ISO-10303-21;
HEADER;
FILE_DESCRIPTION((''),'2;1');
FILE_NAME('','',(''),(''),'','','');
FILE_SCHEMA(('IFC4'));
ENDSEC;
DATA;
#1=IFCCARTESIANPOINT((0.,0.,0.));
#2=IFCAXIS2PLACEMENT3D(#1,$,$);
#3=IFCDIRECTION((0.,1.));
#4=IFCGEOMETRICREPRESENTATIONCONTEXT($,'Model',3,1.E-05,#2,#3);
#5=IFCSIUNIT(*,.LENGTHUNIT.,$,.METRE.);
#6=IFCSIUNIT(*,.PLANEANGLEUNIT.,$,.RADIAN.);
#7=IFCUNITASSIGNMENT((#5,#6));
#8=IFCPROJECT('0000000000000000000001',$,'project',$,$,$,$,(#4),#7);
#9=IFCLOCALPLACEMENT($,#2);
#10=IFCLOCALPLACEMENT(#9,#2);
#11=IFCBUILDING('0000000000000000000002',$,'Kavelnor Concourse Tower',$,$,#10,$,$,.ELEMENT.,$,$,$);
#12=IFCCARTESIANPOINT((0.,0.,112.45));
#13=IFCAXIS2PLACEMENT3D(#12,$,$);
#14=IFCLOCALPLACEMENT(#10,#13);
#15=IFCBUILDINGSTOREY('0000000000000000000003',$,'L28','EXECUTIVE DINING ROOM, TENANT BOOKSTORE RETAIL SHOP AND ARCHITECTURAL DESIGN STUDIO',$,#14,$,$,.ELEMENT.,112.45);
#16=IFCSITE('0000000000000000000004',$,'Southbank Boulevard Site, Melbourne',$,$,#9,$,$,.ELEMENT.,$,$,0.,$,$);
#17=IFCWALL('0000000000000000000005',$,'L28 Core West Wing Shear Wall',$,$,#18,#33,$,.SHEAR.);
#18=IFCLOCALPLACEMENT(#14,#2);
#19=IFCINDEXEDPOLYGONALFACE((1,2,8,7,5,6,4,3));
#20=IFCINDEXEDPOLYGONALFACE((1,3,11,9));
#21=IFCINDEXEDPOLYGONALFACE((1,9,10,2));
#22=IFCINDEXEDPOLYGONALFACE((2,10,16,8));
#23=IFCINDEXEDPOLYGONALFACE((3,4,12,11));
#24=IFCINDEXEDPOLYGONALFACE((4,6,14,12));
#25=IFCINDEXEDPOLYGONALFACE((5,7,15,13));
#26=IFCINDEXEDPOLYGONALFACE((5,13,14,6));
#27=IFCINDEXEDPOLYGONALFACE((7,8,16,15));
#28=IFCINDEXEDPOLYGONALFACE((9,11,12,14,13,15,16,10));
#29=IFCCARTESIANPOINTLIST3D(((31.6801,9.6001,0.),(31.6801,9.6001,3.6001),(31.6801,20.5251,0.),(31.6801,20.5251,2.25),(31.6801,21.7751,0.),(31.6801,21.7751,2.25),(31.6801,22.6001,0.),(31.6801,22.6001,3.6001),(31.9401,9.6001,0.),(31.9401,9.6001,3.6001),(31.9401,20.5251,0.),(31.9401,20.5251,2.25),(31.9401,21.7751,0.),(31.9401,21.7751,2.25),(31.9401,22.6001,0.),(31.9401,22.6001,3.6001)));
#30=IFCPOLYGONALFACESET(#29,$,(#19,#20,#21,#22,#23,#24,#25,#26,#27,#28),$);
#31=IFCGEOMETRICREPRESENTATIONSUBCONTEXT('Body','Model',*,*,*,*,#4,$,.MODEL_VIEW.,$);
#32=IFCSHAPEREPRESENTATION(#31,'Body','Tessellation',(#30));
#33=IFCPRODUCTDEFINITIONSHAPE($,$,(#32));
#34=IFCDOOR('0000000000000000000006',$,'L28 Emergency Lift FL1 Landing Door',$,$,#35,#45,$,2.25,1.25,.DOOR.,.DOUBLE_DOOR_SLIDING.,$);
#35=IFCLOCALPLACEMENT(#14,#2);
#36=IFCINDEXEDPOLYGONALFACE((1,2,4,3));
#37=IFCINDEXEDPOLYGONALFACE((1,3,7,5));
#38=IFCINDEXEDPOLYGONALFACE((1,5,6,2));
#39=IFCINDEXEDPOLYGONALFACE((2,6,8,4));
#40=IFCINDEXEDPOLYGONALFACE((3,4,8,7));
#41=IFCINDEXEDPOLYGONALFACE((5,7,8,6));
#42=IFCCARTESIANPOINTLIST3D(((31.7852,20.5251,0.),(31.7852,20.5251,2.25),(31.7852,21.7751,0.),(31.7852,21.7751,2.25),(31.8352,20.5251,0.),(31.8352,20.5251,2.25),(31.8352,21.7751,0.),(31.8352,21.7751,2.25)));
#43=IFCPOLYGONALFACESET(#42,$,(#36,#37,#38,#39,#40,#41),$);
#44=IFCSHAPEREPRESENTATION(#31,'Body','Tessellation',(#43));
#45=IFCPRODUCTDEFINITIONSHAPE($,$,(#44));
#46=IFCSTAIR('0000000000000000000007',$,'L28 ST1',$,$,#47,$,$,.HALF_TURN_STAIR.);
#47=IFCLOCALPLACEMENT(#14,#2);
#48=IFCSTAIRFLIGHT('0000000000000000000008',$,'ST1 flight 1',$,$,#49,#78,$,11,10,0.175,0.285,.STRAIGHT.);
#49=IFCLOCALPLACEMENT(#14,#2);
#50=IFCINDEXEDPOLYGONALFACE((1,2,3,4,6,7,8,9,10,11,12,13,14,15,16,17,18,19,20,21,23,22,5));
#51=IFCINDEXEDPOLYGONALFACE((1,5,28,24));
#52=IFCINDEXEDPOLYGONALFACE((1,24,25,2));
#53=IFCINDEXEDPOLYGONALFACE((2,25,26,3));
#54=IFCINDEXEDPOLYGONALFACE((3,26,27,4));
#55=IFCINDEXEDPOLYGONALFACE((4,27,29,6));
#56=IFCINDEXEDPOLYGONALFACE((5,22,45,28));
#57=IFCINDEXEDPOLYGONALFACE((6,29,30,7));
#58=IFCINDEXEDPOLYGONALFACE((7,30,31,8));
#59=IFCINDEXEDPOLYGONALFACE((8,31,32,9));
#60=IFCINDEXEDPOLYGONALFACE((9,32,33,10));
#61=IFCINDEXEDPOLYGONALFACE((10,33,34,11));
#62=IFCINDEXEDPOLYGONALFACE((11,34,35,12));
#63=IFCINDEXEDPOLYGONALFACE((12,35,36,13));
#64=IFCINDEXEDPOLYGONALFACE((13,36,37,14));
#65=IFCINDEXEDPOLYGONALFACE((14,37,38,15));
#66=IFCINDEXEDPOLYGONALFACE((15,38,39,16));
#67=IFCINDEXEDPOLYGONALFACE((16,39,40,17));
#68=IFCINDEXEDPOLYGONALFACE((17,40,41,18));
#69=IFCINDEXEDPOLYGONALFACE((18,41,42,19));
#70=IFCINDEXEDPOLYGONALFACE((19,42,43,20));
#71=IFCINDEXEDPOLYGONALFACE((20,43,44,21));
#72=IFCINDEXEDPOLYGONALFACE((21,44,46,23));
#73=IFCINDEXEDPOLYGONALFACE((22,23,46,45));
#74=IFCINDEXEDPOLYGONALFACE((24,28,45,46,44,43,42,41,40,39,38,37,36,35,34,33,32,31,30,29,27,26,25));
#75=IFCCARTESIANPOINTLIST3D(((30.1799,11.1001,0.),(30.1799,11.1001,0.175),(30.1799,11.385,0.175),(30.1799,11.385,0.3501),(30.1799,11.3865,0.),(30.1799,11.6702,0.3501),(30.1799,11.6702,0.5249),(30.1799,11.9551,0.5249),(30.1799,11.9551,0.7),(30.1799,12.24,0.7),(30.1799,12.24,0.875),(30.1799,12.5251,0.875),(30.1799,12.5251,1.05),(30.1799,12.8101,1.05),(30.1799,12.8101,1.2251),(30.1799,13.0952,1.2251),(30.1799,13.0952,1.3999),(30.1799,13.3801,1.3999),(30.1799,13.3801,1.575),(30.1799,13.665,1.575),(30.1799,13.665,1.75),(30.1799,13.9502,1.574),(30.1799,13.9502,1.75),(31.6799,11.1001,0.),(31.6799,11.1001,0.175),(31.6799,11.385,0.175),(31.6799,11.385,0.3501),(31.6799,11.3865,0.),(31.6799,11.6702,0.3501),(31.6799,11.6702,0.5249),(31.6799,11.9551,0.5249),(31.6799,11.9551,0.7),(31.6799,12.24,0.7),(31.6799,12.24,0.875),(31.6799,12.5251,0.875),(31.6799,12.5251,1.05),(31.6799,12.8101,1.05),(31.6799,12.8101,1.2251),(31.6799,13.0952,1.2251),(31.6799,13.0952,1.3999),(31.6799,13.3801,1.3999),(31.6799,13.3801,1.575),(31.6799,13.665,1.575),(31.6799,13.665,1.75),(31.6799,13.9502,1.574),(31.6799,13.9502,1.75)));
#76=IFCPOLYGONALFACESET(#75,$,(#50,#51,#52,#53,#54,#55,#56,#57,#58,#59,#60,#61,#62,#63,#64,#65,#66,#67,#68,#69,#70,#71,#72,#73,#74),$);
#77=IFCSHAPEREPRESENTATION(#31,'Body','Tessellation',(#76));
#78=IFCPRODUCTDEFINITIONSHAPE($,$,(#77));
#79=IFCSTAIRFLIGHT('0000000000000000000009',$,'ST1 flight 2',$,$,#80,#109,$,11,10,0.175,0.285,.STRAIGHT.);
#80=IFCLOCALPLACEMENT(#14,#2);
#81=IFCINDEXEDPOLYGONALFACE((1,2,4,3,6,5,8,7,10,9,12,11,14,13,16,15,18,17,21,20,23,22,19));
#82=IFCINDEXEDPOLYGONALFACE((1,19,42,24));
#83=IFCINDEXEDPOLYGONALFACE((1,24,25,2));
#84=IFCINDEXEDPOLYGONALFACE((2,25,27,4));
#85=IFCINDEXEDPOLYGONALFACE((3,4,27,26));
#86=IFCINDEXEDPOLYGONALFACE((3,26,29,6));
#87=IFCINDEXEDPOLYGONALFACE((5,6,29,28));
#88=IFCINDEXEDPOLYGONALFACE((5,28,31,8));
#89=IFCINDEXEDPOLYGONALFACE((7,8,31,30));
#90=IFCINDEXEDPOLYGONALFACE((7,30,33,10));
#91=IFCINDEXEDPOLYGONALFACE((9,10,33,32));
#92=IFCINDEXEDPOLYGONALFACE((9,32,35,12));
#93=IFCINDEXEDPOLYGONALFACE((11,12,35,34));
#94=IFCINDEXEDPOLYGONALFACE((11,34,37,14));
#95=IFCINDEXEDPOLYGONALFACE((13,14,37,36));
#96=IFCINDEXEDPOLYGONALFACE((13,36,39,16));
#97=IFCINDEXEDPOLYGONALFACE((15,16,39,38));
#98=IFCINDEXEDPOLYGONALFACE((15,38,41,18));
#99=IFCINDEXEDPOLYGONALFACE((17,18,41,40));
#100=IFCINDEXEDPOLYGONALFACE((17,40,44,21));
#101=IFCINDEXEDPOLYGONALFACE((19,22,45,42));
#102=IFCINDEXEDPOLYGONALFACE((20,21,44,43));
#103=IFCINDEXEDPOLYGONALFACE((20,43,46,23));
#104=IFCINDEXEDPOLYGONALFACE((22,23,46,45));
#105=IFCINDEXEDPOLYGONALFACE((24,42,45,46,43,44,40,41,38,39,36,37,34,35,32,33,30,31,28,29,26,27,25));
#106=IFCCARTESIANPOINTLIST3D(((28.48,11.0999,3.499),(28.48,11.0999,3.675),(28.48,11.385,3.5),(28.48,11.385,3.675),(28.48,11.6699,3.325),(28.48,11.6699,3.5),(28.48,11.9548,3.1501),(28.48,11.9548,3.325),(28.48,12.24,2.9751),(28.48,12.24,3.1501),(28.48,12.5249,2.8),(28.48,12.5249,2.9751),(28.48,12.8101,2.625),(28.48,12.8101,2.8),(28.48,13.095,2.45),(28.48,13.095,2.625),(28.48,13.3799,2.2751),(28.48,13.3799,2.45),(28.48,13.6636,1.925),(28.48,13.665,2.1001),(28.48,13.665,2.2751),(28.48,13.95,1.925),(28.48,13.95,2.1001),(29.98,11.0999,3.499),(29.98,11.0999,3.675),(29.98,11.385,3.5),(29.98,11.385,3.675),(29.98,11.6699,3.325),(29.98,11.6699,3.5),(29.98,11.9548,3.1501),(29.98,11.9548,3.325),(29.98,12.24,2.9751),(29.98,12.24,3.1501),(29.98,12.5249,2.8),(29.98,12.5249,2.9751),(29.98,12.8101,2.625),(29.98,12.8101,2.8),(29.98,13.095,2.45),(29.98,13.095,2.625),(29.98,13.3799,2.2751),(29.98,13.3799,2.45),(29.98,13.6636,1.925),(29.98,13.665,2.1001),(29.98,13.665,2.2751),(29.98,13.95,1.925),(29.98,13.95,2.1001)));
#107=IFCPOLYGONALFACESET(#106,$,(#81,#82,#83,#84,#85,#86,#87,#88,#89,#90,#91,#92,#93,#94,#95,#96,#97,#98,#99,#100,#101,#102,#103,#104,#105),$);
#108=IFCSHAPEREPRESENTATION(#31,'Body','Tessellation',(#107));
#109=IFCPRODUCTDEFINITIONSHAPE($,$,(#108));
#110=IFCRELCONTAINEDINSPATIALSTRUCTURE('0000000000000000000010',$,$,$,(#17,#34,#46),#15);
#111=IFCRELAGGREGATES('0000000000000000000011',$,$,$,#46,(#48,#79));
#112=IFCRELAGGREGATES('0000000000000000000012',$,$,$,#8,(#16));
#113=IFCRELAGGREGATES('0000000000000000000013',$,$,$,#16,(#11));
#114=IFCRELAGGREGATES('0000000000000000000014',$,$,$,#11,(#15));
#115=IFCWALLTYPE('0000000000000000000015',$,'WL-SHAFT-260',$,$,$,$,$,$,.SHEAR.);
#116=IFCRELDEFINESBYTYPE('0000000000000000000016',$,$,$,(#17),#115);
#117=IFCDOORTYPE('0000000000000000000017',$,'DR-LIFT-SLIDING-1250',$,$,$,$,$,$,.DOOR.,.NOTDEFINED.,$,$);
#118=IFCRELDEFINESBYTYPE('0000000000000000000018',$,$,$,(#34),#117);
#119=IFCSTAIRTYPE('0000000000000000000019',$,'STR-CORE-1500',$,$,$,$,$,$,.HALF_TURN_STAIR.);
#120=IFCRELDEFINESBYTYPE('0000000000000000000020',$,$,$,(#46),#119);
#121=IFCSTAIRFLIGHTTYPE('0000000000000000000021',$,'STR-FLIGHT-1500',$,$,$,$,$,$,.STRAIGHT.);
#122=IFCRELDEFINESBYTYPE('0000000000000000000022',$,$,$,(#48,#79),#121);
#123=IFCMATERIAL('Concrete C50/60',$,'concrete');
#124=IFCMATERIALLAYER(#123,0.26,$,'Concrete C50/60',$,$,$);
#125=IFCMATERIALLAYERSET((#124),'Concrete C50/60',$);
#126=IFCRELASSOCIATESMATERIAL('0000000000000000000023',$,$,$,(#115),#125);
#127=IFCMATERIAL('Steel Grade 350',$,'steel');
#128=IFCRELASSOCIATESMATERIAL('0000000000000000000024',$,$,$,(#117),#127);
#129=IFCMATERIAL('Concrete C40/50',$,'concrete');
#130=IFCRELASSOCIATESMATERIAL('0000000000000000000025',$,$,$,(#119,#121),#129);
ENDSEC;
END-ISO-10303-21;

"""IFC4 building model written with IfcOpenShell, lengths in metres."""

from ifc_helpers import new_model, si_unit, direction, frame, frame_2d, origin, place, context, subcontext, project, spatial, polyline, rectangle, outline, extrude, material, layer, layer_set, type_object, element, fill, aggregate, save


model = new_model("IFC4")

# Units and contexts
model_context = context("Model", 3, precision=1e-05, world=origin(), true_north=direction((0.0, 1.0)))
body_context = subcontext(model_context, "Body", "Model", "MODEL_VIEW")
ifc_project = project(units=[si_unit("LENGTHUNIT", "METRE"), si_unit("PLANEANGLEUNIT", "RADIAN")], contexts=[model_context])

# Site, building, storey
site_placement = place(None, origin())
site = spatial("IfcSite", under=ifc_project, at=site_placement, Name="Southbank Boulevard Site, Melbourne", CompositionType="ELEMENT", RefElevation=0.0)
building_placement = place(site_placement, origin())
building = spatial("IfcBuilding", under=site, at=building_placement, Name="Kavelnor Concourse Tower", CompositionType="ELEMENT")
storey_placement = place(building_placement, frame((0.0, 0.0, 112.45)))
storey = spatial("IfcBuildingStorey", under=building, at=storey_placement, Name="L28", Description="EXECUTIVE DINING ROOM, TENANT BOOKSTORE RETAIL SHOP AND ARCHITECTURAL DESIGN STUDIO", CompositionType="ELEMENT", Elevation=112.45)

# Shared definitions
ifc_material_1 = material(Name="Steel Grade 350", Category="steel")

# Shared definitions
ifc_material_2 = material(Name="Concrete C50/60", Category="concrete")

# Wall, opening, door
ifc_layer_1 = layer(ifc_material_2, 0.26, Name="Concrete C50/60")
ifc_layer_set_1 = layer_set([ifc_layer_1], Name="Concrete C50/60")
wall_type_1 = type_object("IfcWallType", Name="WL-SHAFT-260", PredefinedType="SHEAR", material=ifc_layer_set_1)
wall_1_placement = place(storey_placement, frame((31.8101, 9.6001, 0.0), z_axis=(0.0, 0.0, 1.0), x_axis=(0.0, 1.0, 0.0)))
wall_1 = element("IfcWall", 1, at=wall_1_placement, inside=storey, type_object=wall_type_1, Name="L28 Core West Wing Shear Wall", PredefinedType="SHEAR", context=body_context, shape_type="SweptSolid", body=[
    extrude(rectangle(XDim=13.0, YDim=0.26, at=frame_2d((6.5, 0.0))), origin(), (0.0, 0.0, 1.0), 3.6001),
])
opening_1_placement = place(wall_1_placement, frame((10.925, 0.0, 0.0)))
opening_1 = element("IfcOpeningElement", 2, at=opening_1_placement, cuts=wall_1, PredefinedType="OPENING", context=body_context, shape_type="SweptSolid", body=[
    extrude(rectangle(XDim=1.25, YDim=2.25, at=frame_2d((0.625, 1.125))), frame((0.0, 0.1401, 0.0), z_axis=(0.0, -1.0, 0.0), x_axis=(1.0, 0.0, 0.0)), (0.0, 0.0, 1.0), 0.28),
])
door_type_1 = type_object("IfcDoorType", Name="DR-LIFT-SLIDING-1250", OperationType="NOTDEFINED", PredefinedType="DOOR", material=ifc_material_1)
door_1_placement = place(opening_1_placement, origin())
door_1 = element("IfcDoor", 3, at=door_1_placement, inside=storey, type_object=door_type_1, Name="L28 Emergency Lift FL1 Landing Door", OperationType="DOUBLE_DOOR_SLIDING", OverallHeight=2.25, OverallWidth=1.25, PredefinedType="DOOR", context=body_context, shape_type="SweptSolid", body=[
    extrude(rectangle(XDim=1.25, YDim=2.25, at=frame_2d((0.625, 1.125))), frame((0.0, 0.0249, 0.0), z_axis=(0.0, -1.0, 0.0), x_axis=(1.0, 0.0, 0.0)), (0.0, 0.0, 1.0), 0.05),
])
fill(opening_1, door_1)

# Stair, stair flights
ifc_material_3 = material(Name="Concrete C40/50", Category="concrete")
stair_type = type_object("IfcStairType", Name="STR-CORE-1500", PredefinedType="HALF_TURN_STAIR", material=ifc_material_3)
stair_placement = place(storey_placement, origin())
stair = element("IfcStair", 4, at=stair_placement, inside=storey, type_object=stair_type, Name="L28 ST1", PredefinedType="HALF_TURN_STAIR")
stair_flight_type = type_object("IfcStairFlightType", Name="STR-FLIGHT-1500", PredefinedType="STRAIGHT", material=ifc_material_3)
stair_flight_1_placement = place(storey_placement, frame((30.9299, 11.1001, 0.0), z_axis=(0.0, 0.0, 1.0), x_axis=(0.0, 1.0, 0.0)))
stair_flight_1 = element("IfcStairFlight", 5, at=stair_flight_1_placement, type_object=stair_flight_type, Name="ST1 flight 1", NumberOfRisers=11, NumberOfTreads=10, PredefinedType="STRAIGHT", RiserHeight=0.175, TreadLength=0.285, context=body_context, shape_type="SweptSolid", body=[
    extrude(outline(polyline([(0.0, 0.0), (0.0, 0.175), (0.2849, 0.175), (0.2849, 0.3501), (0.5701, 0.3501), (0.5701, 0.5249), (0.855, 0.5249), (0.855, 0.7), (1.1399, 0.7), (1.1399, 0.875), (1.425, 0.875), (1.425, 1.05), (1.71, 1.05), (1.71, 1.2251), (1.9951, 1.2251), (1.9951, 1.3999), (2.28, 1.3999), (2.28, 1.575), (2.5649, 1.575), (2.5649, 1.75), (2.8501, 1.75), (2.8501, 1.925), (2.8501, 1.574), (0.2864, 0.0), (0.0, 0.0)])), frame((0.0, 0.75, 0.0), z_axis=(0.0, -1.0, 0.0), x_axis=(1.0, 0.0, 0.0)), (0.0, 0.0, 1.0), 1.5),
])
stair_flight_2_placement = place(storey_placement, frame((29.23, 13.95, 1.925), z_axis=(0.0, 0.0, 1.0), x_axis=(0.0, -1.0, 0.0)))
stair_flight_2 = element("IfcStairFlight", 6, at=stair_flight_2_placement, type_object=stair_flight_type, Name="ST1 flight 2", NumberOfRisers=11, NumberOfTreads=10, PredefinedType="STRAIGHT", RiserHeight=0.175, TreadLength=0.285, context=body_context, shape_type="SweptSolid", body=[
    extrude(outline(polyline([(0.0, 0.0), (0.0, 0.175), (0.2849, 0.175), (0.2849, 0.3501), (0.5701, 0.3501), (0.5701, 0.5249), (0.855, 0.5249), (0.855, 0.7), (1.1399, 0.7), (1.1399, 0.875), (1.425, 0.875), (1.425, 1.05), (1.71, 1.05), (1.71, 1.2251), (1.9951, 1.2251), (1.9951, 1.3999), (2.28, 1.3999), (2.28, 1.575), (2.5649, 1.575), (2.5649, 1.75), (2.8501, 1.75), (2.8501, 1.925), (2.8501, 1.574), (0.2864, 0.0), (0.0, 0.0)])), frame((0.0, 0.75, 0.0), z_axis=(0.0, -1.0, 0.0), x_axis=(1.0, 0.0, 0.0)), (0.0, 0.0, 1.0), 1.5),
])
aggregate(stair, [stair_flight_1, stair_flight_2])

save(model, "model.ifc")
